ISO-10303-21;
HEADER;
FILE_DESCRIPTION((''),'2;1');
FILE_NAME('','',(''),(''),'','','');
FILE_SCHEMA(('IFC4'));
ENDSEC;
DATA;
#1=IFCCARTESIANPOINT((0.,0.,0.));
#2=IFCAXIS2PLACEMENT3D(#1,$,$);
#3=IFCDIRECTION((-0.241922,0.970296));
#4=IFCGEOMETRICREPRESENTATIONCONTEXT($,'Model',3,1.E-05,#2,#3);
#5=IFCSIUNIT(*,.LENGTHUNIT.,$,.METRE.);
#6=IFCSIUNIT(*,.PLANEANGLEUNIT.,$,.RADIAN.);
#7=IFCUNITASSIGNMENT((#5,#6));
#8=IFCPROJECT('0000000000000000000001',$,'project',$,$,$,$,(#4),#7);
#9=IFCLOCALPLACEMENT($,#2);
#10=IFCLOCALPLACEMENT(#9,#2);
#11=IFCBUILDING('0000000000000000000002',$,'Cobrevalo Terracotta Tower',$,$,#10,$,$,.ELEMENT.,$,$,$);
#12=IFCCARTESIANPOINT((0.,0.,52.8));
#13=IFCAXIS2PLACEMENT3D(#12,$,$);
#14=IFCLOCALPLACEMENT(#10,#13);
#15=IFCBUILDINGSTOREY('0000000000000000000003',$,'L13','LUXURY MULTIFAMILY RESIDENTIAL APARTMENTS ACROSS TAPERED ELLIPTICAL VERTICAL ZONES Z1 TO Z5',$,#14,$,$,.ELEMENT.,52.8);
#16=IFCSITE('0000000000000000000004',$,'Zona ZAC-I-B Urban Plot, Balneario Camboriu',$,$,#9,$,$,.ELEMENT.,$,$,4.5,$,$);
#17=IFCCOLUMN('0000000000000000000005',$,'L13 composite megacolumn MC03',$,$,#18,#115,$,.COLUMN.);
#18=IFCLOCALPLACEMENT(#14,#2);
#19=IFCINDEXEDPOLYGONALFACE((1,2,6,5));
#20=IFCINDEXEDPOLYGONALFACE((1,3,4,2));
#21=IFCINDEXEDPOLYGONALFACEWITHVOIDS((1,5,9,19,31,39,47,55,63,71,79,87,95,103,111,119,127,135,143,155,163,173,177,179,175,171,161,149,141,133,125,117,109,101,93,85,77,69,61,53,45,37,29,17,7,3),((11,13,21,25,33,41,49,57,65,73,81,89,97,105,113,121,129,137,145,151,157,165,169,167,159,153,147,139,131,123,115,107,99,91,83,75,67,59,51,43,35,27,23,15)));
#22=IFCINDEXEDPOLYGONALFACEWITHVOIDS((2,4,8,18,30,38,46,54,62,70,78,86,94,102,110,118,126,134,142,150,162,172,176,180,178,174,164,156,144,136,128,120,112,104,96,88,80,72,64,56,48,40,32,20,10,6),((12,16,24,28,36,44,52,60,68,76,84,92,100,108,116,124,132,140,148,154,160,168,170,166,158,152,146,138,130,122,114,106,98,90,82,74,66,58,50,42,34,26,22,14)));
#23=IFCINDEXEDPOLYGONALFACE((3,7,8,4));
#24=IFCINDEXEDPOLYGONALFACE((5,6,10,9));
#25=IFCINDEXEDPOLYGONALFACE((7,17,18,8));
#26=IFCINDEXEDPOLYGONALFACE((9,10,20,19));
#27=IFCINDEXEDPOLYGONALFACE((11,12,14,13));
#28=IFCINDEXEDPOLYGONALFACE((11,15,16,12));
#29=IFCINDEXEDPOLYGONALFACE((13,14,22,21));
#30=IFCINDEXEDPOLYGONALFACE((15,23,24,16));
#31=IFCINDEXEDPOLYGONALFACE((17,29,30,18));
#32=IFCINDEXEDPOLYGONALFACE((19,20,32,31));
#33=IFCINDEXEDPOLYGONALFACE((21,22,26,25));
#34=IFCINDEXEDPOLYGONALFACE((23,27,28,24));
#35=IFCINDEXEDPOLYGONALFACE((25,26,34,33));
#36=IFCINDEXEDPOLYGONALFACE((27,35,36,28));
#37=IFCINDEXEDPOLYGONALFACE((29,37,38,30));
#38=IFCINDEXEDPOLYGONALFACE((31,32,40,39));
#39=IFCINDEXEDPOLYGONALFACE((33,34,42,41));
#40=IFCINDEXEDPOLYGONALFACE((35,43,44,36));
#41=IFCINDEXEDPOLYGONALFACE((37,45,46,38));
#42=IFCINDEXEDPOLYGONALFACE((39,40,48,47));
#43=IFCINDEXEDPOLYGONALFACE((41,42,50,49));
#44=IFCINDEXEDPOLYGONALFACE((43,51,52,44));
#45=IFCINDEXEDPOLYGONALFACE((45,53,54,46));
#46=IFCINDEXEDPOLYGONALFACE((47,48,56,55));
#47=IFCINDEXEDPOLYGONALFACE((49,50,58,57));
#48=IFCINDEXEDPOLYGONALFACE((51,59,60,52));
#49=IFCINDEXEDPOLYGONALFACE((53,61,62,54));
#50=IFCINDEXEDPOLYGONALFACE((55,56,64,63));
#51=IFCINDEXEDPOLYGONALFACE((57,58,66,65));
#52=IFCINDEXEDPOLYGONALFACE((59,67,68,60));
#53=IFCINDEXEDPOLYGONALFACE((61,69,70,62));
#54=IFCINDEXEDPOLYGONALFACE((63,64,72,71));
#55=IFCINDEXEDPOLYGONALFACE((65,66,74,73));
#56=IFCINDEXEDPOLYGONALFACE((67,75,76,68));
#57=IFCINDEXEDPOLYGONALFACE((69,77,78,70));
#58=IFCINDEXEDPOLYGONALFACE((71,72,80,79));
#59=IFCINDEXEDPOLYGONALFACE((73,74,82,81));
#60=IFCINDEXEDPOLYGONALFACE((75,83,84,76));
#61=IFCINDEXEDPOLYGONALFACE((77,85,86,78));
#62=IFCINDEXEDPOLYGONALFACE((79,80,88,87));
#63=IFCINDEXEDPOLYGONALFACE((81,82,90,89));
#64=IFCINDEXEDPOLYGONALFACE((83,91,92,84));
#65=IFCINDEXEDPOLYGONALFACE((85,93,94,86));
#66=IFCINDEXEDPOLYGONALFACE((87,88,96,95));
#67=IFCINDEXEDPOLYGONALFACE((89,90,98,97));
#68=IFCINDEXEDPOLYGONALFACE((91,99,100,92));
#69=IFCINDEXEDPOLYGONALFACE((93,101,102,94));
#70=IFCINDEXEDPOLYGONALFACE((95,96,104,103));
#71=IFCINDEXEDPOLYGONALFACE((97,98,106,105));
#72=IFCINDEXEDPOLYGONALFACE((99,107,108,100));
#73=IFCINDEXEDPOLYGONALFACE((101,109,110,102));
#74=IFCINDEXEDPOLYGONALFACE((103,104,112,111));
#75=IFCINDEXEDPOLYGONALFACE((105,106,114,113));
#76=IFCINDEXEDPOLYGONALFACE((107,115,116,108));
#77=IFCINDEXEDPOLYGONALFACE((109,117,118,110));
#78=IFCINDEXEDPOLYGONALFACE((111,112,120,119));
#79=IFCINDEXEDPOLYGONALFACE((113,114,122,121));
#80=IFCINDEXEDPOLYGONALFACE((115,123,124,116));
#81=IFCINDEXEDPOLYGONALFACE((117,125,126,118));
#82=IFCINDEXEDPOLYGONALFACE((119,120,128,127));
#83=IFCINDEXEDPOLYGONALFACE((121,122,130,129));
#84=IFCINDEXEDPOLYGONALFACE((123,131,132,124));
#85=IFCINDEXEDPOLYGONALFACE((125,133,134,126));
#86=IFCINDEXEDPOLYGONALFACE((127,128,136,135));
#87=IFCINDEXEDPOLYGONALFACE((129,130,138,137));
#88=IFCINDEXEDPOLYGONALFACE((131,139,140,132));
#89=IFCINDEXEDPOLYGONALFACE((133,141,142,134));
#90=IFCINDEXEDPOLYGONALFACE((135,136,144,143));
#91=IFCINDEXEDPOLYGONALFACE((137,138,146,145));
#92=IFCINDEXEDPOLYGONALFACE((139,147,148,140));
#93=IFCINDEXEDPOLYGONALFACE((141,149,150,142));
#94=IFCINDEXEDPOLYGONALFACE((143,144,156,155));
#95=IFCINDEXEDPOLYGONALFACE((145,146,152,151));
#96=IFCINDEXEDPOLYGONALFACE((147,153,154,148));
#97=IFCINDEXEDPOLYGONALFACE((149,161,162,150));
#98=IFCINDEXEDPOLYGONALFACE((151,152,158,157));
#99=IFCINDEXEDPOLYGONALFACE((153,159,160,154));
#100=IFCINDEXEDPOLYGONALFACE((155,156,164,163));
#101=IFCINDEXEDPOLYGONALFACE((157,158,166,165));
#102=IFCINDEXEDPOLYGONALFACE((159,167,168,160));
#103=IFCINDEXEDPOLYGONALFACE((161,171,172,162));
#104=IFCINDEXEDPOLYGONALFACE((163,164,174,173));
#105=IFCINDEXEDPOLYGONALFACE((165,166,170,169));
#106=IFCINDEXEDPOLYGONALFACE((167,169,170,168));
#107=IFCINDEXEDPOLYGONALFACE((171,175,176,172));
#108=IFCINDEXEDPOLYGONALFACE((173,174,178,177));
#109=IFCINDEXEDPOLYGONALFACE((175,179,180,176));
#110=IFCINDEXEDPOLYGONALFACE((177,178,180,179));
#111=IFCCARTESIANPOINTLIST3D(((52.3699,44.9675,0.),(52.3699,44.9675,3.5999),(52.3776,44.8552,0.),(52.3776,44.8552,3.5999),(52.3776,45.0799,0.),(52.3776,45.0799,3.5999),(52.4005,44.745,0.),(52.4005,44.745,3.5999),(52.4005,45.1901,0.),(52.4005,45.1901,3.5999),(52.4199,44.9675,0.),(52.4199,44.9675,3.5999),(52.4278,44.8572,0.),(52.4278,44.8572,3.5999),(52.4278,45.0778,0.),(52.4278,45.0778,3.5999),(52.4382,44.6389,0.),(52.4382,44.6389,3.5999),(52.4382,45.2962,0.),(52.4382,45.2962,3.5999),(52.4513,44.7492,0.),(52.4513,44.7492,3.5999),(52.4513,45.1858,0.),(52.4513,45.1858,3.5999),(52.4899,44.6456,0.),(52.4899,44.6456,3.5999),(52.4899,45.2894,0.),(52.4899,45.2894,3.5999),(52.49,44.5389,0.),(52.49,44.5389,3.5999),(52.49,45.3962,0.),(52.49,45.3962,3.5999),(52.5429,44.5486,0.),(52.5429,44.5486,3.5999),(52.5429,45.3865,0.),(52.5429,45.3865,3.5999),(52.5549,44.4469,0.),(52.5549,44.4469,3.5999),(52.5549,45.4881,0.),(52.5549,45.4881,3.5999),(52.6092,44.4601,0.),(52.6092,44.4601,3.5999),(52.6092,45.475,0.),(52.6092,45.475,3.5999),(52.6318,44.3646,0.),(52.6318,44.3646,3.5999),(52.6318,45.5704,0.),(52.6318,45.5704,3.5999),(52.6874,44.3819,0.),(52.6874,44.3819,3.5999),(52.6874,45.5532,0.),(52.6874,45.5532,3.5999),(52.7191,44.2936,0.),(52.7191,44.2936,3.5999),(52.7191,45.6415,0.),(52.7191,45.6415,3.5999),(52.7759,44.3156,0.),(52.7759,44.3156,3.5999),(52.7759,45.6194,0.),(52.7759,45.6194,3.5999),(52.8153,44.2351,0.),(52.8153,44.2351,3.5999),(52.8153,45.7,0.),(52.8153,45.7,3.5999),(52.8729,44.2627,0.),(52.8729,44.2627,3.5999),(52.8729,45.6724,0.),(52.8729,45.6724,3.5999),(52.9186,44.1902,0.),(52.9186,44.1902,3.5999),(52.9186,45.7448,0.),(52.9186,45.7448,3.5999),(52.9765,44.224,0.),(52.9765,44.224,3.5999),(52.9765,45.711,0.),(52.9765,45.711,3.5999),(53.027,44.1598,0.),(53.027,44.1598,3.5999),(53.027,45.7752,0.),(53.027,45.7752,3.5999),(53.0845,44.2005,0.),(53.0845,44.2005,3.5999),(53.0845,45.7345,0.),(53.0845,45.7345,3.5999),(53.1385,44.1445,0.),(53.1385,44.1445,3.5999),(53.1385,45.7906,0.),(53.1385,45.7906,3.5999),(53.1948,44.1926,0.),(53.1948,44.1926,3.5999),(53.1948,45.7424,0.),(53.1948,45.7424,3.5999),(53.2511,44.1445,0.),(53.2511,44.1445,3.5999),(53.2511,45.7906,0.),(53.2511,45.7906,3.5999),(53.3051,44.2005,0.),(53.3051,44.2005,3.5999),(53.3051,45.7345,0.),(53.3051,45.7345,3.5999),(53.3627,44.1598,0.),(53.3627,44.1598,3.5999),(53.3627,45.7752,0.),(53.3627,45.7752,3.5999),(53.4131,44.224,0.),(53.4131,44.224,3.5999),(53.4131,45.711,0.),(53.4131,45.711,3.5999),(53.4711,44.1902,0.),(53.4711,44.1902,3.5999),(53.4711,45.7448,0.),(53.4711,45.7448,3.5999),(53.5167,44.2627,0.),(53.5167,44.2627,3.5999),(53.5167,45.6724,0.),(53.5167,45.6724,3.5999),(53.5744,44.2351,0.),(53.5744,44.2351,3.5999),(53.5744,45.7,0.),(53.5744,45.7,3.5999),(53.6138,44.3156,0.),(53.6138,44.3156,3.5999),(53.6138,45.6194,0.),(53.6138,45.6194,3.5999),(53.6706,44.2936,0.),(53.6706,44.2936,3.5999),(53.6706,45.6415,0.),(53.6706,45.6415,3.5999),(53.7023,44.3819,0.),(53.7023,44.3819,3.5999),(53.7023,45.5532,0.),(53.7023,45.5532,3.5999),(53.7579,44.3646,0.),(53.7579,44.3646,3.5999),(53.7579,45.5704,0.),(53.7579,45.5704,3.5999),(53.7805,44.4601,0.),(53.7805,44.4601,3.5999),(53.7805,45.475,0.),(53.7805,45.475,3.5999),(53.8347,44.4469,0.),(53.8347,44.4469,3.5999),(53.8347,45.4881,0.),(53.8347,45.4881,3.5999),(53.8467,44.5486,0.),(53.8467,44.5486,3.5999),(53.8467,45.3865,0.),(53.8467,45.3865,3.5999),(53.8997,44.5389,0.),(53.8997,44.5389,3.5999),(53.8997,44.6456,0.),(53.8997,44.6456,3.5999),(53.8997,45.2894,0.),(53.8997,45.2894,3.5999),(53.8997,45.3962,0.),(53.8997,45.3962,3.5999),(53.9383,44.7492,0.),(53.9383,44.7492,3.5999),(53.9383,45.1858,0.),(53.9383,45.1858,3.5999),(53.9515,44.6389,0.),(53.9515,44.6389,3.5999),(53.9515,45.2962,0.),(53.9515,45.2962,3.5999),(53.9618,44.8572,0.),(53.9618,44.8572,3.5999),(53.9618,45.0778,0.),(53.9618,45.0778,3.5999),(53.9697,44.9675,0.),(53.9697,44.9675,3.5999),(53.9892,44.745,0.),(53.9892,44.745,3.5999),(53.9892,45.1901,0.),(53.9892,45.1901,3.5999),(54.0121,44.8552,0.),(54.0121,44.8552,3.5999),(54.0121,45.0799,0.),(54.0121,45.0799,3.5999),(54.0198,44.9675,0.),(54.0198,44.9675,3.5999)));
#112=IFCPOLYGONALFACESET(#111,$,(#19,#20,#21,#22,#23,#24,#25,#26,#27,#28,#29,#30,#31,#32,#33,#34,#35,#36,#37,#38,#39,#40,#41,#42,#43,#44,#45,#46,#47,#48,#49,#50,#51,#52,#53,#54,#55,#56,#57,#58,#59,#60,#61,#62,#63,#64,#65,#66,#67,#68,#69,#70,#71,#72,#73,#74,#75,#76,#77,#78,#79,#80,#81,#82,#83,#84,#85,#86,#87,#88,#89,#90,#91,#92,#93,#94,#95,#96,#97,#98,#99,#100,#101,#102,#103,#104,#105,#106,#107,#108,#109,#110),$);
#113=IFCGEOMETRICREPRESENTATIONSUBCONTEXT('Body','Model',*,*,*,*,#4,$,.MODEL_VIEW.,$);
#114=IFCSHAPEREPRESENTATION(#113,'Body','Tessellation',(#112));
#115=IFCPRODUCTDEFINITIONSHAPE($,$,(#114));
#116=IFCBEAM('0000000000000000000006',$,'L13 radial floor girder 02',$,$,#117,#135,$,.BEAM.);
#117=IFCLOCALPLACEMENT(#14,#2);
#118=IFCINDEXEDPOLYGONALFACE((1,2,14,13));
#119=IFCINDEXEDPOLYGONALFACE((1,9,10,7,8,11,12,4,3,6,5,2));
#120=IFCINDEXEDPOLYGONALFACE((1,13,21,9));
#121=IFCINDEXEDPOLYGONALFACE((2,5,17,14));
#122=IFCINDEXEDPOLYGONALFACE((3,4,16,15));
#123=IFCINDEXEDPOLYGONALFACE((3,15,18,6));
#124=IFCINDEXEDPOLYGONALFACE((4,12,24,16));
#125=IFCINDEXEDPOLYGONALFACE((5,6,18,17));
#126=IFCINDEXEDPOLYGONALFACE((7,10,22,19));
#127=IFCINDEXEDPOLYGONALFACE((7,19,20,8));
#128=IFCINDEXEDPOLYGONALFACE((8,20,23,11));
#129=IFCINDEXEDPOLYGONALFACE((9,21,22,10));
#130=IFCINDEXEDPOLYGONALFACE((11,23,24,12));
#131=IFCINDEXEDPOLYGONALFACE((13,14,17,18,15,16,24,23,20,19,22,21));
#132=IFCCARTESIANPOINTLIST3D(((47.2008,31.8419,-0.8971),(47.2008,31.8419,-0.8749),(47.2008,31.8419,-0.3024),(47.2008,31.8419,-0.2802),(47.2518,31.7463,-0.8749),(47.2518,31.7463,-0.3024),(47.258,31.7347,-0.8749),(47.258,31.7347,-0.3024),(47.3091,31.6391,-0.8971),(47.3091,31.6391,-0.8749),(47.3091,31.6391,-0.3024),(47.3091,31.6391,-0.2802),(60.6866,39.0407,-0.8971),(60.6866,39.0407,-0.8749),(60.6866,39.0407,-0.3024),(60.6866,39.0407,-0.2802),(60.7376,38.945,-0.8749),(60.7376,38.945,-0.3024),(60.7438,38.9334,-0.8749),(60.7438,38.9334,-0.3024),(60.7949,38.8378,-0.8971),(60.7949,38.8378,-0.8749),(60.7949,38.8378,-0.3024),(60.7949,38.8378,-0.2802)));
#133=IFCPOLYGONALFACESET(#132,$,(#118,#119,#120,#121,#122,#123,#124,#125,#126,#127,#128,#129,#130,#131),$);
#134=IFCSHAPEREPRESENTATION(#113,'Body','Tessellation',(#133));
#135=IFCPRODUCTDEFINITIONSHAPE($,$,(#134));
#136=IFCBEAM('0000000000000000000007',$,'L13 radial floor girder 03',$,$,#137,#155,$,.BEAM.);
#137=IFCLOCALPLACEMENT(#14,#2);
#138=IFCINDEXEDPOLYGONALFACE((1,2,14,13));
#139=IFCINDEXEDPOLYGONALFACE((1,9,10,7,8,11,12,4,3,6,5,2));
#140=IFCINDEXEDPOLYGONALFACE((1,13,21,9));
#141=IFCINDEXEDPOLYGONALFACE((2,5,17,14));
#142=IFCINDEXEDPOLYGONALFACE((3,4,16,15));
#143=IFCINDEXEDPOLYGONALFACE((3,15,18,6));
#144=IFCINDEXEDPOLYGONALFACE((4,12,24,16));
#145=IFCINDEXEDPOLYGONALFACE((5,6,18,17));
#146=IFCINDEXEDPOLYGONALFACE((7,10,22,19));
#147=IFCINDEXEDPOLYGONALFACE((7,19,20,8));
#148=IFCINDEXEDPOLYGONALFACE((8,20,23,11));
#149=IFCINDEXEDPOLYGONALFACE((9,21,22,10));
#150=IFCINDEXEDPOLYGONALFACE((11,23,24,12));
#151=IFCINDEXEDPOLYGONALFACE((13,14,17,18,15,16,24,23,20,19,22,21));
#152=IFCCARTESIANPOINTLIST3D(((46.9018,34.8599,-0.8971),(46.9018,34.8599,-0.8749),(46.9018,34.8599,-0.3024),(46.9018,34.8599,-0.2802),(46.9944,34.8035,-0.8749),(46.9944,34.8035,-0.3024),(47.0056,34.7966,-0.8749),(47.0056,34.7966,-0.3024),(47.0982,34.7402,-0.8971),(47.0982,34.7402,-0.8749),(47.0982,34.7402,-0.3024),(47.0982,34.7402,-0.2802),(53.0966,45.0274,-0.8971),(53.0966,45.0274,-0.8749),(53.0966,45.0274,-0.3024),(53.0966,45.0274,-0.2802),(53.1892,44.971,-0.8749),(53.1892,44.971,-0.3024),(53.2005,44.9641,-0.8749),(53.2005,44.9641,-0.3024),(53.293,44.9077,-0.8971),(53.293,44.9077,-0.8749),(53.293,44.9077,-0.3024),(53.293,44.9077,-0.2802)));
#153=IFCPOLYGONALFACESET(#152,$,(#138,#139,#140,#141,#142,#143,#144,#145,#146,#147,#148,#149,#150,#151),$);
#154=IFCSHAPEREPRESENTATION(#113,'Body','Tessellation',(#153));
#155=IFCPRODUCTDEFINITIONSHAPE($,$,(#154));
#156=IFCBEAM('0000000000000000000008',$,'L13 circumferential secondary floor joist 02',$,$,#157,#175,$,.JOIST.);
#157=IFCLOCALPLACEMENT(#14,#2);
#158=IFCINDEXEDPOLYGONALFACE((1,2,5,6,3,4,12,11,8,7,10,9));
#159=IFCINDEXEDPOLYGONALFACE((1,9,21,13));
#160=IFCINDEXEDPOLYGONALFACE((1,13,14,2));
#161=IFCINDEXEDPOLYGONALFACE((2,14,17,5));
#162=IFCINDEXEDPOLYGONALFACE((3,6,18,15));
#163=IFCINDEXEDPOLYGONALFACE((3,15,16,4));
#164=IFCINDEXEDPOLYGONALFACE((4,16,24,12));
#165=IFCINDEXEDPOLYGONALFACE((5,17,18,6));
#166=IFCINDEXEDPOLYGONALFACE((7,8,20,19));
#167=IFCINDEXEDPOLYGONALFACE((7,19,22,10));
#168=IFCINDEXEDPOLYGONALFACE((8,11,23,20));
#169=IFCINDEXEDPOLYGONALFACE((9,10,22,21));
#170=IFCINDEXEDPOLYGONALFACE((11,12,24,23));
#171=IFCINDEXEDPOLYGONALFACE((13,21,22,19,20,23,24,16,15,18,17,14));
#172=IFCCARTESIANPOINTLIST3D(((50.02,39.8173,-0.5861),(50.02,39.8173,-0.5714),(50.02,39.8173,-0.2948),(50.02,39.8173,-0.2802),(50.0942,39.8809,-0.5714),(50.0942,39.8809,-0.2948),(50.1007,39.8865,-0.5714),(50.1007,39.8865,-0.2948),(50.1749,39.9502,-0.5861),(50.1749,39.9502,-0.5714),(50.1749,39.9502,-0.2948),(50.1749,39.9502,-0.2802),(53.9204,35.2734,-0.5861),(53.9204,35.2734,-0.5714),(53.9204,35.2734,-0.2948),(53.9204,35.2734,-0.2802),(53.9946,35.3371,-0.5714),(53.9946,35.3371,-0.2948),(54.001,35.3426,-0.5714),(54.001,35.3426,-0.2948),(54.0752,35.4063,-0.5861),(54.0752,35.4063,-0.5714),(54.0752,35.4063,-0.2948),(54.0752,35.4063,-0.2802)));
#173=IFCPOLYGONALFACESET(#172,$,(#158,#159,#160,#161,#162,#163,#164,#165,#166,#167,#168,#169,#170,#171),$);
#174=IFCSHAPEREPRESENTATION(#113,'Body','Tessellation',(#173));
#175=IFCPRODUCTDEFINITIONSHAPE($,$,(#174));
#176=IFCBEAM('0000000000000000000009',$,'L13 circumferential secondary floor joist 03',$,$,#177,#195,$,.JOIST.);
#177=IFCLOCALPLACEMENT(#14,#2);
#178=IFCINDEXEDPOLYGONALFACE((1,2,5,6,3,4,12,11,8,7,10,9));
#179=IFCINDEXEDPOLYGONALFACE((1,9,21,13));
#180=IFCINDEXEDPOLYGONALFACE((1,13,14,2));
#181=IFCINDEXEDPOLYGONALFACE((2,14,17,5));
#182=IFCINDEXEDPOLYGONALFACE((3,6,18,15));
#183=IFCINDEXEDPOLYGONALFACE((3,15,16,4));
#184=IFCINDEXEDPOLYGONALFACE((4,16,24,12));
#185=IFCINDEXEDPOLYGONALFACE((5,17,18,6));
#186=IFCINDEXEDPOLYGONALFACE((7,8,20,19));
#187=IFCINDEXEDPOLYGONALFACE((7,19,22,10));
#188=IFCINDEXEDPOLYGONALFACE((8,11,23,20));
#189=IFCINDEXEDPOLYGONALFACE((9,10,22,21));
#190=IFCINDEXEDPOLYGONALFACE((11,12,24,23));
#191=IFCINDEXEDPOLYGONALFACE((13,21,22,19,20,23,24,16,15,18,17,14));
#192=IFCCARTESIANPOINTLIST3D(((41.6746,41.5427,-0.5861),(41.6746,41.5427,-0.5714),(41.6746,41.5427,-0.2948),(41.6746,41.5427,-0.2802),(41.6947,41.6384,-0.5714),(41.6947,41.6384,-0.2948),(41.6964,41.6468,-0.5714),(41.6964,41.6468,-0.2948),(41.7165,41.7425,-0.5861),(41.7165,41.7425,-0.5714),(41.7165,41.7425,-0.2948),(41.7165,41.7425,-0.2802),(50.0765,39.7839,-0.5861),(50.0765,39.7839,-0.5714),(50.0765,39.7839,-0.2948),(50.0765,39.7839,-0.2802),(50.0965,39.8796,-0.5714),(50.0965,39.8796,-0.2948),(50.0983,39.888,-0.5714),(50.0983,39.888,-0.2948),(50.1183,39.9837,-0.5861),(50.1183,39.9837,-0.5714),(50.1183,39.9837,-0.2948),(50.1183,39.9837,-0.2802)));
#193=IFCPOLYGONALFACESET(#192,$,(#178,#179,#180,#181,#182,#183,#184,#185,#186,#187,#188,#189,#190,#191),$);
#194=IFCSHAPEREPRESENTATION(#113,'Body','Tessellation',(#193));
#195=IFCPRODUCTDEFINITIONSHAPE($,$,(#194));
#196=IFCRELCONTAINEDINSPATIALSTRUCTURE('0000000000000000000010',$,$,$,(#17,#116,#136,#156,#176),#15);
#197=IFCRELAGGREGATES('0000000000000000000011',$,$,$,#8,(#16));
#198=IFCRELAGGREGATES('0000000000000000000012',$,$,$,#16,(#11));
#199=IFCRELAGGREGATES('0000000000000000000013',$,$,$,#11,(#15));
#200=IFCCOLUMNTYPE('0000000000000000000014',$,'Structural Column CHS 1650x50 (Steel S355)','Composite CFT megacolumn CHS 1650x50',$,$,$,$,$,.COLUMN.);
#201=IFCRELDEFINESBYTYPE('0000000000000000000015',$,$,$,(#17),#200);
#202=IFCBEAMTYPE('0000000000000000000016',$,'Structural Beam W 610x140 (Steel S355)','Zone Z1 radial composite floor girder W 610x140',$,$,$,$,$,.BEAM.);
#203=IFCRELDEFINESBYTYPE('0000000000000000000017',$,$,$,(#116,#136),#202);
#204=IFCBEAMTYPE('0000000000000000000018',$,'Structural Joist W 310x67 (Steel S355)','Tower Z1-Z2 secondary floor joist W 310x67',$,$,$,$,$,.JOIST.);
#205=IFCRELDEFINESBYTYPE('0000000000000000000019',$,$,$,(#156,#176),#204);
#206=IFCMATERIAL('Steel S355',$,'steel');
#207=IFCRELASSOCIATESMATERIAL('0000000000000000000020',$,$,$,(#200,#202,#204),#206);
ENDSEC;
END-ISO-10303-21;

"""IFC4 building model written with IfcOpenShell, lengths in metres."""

from ifc_helpers import new_model, si_unit, direction, frame, origin, origin_2d, place, context, subcontext, project, spatial, hollow_circle, i_section, extrude, material, material_profile, profile_set, type_object, element, save


model = new_model("IFC4")

# Units and contexts
model_context = context("Model", 3, precision=1e-05, world=origin(), true_north=direction((-0.241922, 0.970296)))
body_context = subcontext(model_context, "Body", "Model", "MODEL_VIEW")
ifc_project = project(units=[si_unit("LENGTHUNIT", "METRE"), si_unit("PLANEANGLEUNIT", "RADIAN")], contexts=[model_context])

# Site, building, storey
site_placement = place(None, origin())
site = spatial("IfcSite", under=ifc_project, at=site_placement, Name="Zona ZAC-I-B Urban Plot, Balneario Camboriu", CompositionType="ELEMENT", RefElevation=4.5)
building_placement = place(site_placement, origin())
building = spatial("IfcBuilding", under=site, at=building_placement, Name="Cobrevalo Terracotta Tower", CompositionType="ELEMENT")
storey_placement = place(building_placement, frame((0.0, 0.0, 52.8)))
storey = spatial("IfcBuildingStorey", under=building, at=storey_placement, Name="L13", Description="LUXURY MULTIFAMILY RESIDENTIAL APARTMENTS ACROSS TAPERED ELLIPTICAL VERTICAL ZONES Z1 TO Z5", CompositionType="ELEMENT", Elevation=52.8)

# Column
ifc_material_1 = material(Name="Steel S355", Category="steel")
ifc_material_profile_1 = material_profile(ifc_material_1, hollow_circle(Radius=0.825, WallThickness=0.05, at=origin_2d()), Name="CHS 1650x50")
ifc_profile_set_1 = profile_set([ifc_material_profile_1], Name="Steel S355")
column_type = type_object("IfcColumnType", Name="Structural Column CHS 1650x50 (Steel S355)", Description="Composite CFT megacolumn CHS 1650x50", PredefinedType="COLUMN", material=ifc_profile_set_1)
for number, where, z_axis, x_axis, name in (
    (1, (53.1948, 44.9675, 0.0), (0.0, 0.0, 1.0), (1.0, 0.0, 0.0), "L13 composite megacolumn MC03"),
):
    element("IfcColumn", number, at=place(storey_placement, frame(where, z_axis=z_axis, x_axis=x_axis)), inside=storey, type_object=column_type, Name=name, PredefinedType="COLUMN", context=body_context, shape_type="SweptSolid", body=[
        extrude(hollow_circle(Radius=0.825, WallThickness=0.05, at=origin_2d()), origin(), (0.0, 0.0, 1.0), 3.5999),
    ])

# Beams
ifc_material_profile_2 = material_profile(ifc_material_1, i_section(OverallWidth=0.23, OverallDepth=0.6169, WebThickness=0.0132, FlangeThickness=0.0222, at=origin_2d()), Name="W 610x140")
ifc_profile_set_2 = profile_set([ifc_material_profile_2], Name="Steel S355")
beam_type_1 = type_object("IfcBeamType", Name="Structural Beam W 610x140 (Steel S355)", Description="Zone Z1 radial composite floor girder W 610x140", PredefinedType="BEAM", material=ifc_profile_set_2)
beam_1_placement = place(storey_placement, frame((60.7407, 38.9392, -0.5886), z_axis=(-0.882182, -0.470908, 0.0), x_axis=(0.470908, -0.882182, 0.0)))
element("IfcBeam", 2, at=beam_1_placement, inside=storey, type_object=beam_type_1, Name="L13 radial floor girder 02", PredefinedType="BEAM", context=body_context, shape_type="SweptSolid", body=[
    extrude(i_section(OverallWidth=0.23, OverallDepth=0.6169, WebThickness=0.0132, FlangeThickness=0.0222, at=origin_2d()), origin(), (0.0, 0.0, 1.0), 15.2869),
])
beam_2_placement = place(storey_placement, frame((53.1948, 44.9675, -0.5886), z_axis=(-0.52031, -0.853978, 0.0), x_axis=(0.853978, -0.52031, 0.0)))
element("IfcBeam", 3, at=beam_2_placement, inside=storey, type_object=beam_type_1, Name="L13 radial floor girder 03", PredefinedType="BEAM", context=body_context, shape_type="SweptSolid", body=[
    extrude(i_section(OverallWidth=0.23, OverallDepth=0.6169, WebThickness=0.0132, FlangeThickness=0.0222, at=origin_2d()), origin(), (0.0, 0.0, 1.0), 11.906),
])
ifc_material_profile_3 = material_profile(ifc_material_1, i_section(OverallWidth=0.2041, OverallDepth=0.3059, WebThickness=0.0085, FlangeThickness=0.0146, at=origin_2d()), Name="W 310x67")
ifc_profile_set_3 = profile_set([ifc_material_profile_3], Name="Steel S355")
beam_type_2 = type_object("IfcBeamType", Name="Structural Joist W 310x67 (Steel S355)", Description="Tower Z1-Z2 secondary floor joist W 310x67", PredefinedType="JOIST", material=ifc_profile_set_3)
beam_3_placement = place(storey_placement, frame((53.9978, 35.3398, -0.4331), z_axis=(-0.651328, 0.758796, 0.0), x_axis=(-0.758796, -0.651328, 0.0)))
element("IfcBeam", 4, at=beam_3_placement, inside=storey, type_object=beam_type_2, Name="L13 circumferential secondary floor joist 02", PredefinedType="JOIST", context=body_context, shape_type="SweptSolid", body=[
    extrude(i_section(OverallWidth=0.2041, OverallDepth=0.3059, WebThickness=0.0085, FlangeThickness=0.0146, at=origin_2d()), origin(), (0.0, 0.0, 1.0), 5.9883),
])
beam_4_placement = place(storey_placement, frame((50.0974, 39.8838, -0.4331), z_axis=(-0.978785, 0.204892, 0.0), x_axis=(-0.204892, -0.978785, 0.0)))
element("IfcBeam", 5, at=beam_4_placement, inside=storey, type_object=beam_type_2, Name="L13 circumferential secondary floor joist 03", PredefinedType="JOIST", context=body_context, shape_type="SweptSolid", body=[
    extrude(i_section(OverallWidth=0.2041, OverallDepth=0.3059, WebThickness=0.0085, FlangeThickness=0.0146, at=origin_2d()), origin(), (0.0, 0.0, 1.0), 8.584),
])

save(model, "model.ifc")
